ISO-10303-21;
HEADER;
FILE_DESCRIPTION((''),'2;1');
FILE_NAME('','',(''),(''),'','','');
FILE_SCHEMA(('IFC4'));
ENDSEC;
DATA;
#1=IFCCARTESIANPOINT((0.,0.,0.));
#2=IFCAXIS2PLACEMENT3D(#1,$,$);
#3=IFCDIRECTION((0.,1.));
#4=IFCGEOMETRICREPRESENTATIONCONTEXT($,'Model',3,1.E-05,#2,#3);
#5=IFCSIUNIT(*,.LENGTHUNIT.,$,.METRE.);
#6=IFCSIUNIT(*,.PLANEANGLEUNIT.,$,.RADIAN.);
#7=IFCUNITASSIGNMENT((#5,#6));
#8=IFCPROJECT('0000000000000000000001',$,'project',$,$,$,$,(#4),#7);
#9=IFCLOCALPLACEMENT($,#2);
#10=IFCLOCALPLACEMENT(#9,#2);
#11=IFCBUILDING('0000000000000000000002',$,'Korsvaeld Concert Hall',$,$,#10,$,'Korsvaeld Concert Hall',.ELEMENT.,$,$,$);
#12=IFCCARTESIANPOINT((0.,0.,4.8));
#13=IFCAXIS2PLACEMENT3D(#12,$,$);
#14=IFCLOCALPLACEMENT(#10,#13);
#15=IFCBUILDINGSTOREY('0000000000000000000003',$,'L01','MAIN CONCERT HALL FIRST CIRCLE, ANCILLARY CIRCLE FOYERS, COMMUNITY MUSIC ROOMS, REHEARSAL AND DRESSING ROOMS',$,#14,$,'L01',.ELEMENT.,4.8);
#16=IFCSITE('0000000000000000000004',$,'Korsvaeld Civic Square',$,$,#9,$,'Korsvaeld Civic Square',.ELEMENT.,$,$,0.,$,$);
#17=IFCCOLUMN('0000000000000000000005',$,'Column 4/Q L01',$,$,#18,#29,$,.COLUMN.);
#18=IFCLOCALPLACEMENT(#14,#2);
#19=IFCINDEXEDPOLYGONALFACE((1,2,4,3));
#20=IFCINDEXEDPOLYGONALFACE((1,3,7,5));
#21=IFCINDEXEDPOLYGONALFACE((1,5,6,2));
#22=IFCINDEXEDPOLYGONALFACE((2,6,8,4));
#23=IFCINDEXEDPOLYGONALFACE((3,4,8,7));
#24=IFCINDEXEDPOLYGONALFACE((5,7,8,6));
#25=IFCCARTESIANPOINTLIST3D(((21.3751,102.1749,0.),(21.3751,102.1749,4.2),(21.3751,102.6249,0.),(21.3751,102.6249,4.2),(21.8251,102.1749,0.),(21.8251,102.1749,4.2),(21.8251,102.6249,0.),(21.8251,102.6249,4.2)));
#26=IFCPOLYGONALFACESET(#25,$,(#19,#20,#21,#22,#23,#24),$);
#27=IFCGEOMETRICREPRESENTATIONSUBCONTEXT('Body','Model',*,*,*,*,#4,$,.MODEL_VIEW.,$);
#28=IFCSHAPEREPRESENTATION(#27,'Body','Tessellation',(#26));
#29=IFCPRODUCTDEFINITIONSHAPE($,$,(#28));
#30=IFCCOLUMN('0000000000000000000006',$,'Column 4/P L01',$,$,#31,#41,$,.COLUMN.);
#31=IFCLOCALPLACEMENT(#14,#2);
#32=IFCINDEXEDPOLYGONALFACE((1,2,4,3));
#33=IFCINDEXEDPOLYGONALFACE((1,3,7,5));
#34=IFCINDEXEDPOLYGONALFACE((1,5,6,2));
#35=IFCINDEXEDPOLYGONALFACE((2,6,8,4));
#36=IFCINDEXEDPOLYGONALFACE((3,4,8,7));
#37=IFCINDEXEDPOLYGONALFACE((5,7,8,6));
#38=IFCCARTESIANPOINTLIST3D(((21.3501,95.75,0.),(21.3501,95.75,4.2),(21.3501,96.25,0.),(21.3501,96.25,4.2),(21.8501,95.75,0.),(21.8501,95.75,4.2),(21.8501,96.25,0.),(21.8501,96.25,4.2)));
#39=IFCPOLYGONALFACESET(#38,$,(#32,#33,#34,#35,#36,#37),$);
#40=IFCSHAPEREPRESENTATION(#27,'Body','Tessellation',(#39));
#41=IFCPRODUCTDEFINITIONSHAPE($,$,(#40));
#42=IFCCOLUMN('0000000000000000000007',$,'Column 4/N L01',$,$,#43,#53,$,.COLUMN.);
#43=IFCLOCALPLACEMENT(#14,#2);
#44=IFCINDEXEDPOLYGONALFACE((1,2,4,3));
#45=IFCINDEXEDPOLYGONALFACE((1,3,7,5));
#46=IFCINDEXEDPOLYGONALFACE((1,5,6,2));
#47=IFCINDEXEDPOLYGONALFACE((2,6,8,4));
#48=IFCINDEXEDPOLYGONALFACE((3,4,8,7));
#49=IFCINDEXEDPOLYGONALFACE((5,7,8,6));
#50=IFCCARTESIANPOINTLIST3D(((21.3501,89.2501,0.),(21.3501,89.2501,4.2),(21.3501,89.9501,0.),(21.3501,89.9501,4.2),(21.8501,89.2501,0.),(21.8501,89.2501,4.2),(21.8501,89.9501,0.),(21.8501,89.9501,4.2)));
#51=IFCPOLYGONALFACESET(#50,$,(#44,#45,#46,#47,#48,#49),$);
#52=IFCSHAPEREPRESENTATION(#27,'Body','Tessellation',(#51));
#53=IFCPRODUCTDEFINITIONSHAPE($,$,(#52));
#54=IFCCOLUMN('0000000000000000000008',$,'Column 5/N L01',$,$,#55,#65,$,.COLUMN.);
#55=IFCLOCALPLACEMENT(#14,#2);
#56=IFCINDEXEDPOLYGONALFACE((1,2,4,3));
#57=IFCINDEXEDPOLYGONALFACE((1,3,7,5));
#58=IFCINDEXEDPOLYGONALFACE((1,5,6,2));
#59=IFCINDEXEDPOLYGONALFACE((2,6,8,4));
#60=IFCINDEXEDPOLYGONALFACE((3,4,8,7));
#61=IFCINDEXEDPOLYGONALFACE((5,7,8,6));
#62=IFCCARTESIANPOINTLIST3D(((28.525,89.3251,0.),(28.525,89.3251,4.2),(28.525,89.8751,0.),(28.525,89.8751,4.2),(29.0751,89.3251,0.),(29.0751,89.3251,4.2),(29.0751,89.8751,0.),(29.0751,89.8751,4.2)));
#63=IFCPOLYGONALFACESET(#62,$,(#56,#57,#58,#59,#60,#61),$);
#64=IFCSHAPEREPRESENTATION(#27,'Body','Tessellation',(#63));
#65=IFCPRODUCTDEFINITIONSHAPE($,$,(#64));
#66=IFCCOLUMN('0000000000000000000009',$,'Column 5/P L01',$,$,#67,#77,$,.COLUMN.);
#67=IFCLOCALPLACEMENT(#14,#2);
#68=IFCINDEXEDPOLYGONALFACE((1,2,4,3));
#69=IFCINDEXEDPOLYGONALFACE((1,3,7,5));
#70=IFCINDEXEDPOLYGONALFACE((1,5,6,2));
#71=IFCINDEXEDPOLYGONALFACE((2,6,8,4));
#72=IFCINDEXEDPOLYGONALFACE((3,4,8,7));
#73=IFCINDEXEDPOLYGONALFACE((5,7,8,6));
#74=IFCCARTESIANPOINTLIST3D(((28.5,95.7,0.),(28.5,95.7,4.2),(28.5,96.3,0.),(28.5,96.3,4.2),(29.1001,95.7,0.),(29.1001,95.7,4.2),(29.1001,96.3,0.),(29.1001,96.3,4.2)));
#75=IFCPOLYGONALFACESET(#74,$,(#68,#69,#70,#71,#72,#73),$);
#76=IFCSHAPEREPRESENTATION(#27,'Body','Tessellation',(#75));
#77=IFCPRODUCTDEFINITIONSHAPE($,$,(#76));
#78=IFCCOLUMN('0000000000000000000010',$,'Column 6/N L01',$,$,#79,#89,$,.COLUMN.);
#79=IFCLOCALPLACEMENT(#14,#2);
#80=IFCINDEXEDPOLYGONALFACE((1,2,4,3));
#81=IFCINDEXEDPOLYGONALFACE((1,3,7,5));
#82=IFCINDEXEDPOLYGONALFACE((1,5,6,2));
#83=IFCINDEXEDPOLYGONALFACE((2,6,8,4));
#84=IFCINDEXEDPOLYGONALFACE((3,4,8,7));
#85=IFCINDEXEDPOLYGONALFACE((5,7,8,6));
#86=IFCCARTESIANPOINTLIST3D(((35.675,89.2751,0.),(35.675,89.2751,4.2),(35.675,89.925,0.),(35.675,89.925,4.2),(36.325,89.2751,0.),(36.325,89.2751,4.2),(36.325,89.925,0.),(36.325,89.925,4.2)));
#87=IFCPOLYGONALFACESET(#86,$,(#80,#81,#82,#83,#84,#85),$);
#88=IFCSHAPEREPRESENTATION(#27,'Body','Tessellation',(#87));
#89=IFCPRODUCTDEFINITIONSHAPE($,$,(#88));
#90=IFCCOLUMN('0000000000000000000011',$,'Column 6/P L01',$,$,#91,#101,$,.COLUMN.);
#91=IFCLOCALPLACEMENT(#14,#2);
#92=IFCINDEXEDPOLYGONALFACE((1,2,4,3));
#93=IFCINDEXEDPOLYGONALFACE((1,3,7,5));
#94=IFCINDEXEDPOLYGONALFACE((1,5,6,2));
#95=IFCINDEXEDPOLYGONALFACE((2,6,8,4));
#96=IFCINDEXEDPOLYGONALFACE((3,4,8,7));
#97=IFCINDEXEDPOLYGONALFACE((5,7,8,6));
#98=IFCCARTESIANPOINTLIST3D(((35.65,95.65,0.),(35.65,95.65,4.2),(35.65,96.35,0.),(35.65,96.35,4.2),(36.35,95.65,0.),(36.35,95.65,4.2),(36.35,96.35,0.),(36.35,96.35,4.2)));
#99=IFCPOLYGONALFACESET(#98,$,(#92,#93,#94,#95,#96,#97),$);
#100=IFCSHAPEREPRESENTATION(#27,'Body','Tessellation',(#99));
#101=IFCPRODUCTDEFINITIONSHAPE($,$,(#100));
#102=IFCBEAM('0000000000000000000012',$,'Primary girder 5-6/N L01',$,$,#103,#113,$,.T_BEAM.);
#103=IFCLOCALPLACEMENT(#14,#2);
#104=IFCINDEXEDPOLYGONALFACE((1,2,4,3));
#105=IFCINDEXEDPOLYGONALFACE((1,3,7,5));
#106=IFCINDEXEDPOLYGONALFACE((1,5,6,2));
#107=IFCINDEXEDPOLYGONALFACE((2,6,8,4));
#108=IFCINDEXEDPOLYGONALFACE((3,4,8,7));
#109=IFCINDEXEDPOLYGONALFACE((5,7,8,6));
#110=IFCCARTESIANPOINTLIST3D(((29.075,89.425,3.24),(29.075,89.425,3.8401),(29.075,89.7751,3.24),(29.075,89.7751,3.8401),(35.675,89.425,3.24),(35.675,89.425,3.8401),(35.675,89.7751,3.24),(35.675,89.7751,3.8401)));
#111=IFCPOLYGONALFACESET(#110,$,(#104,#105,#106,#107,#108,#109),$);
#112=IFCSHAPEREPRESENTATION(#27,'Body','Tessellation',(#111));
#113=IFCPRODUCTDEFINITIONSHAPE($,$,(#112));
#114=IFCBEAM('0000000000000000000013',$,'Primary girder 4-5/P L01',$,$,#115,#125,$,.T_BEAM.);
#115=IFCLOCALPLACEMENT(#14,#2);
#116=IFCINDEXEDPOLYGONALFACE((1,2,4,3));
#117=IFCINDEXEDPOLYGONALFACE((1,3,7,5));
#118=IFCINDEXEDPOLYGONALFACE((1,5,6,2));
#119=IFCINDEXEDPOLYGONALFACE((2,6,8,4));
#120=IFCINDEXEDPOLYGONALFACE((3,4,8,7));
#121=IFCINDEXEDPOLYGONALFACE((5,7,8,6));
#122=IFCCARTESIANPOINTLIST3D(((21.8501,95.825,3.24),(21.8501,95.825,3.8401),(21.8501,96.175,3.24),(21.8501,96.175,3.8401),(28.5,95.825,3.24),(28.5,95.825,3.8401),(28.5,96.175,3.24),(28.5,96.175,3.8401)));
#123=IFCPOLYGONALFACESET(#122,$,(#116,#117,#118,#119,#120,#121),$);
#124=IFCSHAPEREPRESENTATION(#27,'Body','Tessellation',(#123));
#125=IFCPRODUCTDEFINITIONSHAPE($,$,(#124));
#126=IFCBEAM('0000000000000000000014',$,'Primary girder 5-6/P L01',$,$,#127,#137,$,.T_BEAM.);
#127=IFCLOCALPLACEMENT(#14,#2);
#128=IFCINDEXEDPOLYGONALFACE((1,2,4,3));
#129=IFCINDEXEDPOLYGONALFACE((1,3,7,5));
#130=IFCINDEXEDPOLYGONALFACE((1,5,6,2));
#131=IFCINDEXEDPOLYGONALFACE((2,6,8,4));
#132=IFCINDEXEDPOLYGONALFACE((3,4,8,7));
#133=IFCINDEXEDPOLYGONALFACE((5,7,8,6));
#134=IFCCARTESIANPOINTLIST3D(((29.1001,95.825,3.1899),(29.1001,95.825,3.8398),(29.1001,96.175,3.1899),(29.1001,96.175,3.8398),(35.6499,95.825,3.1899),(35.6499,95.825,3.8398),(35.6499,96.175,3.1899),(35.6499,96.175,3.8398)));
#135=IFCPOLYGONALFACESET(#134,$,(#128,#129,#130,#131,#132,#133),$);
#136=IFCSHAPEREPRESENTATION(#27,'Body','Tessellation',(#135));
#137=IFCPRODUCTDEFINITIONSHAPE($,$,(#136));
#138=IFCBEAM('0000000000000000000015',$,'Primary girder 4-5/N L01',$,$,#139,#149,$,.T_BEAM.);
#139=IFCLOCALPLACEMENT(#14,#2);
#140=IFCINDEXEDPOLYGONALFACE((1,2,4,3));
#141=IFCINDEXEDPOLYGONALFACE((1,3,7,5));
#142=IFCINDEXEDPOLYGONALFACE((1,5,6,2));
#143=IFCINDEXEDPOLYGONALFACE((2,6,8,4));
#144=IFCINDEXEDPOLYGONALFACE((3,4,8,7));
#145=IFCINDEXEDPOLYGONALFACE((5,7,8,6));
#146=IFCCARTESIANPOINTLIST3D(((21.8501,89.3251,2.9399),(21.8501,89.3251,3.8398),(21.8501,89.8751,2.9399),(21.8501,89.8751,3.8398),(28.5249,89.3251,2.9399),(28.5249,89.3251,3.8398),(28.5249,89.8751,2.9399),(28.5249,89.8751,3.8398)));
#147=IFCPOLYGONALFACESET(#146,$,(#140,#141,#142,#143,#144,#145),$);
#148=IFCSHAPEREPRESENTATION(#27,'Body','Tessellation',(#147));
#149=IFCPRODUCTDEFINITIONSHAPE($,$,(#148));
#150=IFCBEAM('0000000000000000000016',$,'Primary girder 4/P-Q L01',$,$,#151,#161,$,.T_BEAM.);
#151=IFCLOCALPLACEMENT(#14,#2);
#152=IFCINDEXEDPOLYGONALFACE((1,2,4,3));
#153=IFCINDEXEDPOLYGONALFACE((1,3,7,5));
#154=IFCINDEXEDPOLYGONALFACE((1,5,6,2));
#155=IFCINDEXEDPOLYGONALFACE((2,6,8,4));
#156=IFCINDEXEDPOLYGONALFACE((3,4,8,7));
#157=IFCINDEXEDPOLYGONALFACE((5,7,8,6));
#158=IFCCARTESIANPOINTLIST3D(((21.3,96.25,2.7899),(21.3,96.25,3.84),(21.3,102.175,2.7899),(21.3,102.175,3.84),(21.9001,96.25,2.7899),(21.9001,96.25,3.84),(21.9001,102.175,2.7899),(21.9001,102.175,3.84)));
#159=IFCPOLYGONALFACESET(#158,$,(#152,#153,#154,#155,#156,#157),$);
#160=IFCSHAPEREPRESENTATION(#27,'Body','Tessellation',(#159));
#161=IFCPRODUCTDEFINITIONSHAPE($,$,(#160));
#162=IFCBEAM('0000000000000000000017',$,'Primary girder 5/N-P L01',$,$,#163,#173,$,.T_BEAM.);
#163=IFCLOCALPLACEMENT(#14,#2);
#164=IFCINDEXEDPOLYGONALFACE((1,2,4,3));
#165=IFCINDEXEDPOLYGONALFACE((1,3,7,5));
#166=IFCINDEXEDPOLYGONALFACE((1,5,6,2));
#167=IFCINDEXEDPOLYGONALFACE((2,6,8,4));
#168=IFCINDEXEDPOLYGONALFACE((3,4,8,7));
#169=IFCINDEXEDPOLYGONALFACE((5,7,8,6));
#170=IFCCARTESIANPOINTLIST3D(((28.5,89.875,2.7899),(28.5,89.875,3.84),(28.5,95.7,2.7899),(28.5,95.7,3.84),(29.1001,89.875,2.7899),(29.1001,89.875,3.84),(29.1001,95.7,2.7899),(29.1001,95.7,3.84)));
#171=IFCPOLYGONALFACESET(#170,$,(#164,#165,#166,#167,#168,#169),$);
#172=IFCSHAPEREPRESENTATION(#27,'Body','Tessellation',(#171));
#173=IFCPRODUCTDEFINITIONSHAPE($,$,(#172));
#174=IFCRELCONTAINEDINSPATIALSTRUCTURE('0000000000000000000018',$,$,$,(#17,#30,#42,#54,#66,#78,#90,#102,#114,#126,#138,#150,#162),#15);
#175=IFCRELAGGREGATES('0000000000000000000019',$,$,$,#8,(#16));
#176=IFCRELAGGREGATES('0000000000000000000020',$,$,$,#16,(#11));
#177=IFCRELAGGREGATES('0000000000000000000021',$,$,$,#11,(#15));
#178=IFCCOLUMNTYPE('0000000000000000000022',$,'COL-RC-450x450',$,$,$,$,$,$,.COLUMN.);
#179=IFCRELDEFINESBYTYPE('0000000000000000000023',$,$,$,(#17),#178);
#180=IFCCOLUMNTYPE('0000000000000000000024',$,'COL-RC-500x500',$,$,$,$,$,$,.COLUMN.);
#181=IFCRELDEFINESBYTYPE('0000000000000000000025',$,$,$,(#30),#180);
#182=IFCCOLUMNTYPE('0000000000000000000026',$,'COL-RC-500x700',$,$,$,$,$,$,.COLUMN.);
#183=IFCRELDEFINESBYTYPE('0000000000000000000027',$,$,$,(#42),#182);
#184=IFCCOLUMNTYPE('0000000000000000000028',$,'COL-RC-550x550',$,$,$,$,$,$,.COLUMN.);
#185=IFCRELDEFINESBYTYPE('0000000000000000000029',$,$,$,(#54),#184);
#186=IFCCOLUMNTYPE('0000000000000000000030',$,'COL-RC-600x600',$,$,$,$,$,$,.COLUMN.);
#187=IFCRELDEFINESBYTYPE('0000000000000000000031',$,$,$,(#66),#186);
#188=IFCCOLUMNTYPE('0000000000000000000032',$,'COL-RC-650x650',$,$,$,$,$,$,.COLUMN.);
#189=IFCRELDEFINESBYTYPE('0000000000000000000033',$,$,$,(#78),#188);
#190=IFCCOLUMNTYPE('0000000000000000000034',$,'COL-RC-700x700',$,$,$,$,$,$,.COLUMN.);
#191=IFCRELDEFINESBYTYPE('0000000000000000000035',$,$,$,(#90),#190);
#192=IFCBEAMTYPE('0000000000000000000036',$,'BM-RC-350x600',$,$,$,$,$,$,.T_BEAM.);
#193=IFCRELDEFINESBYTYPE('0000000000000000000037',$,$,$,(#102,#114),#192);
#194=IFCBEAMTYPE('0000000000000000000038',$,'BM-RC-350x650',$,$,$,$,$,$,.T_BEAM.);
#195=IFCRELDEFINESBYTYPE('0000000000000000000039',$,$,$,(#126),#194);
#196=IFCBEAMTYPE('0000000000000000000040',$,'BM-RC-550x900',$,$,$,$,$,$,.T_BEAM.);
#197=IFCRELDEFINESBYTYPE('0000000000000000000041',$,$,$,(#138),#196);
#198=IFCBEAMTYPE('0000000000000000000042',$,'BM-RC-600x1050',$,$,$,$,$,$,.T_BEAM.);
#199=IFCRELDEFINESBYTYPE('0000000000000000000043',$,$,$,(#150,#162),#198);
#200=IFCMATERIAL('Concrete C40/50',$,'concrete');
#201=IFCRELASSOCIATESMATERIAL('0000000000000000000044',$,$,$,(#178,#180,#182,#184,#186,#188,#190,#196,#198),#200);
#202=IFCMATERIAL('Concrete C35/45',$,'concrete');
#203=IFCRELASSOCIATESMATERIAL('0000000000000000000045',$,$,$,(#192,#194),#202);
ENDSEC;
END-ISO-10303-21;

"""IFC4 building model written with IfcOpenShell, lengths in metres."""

from ifc_helpers import new_model, si_unit, direction, frame, origin, origin_2d, place, context, subcontext, project, spatial, rectangle, extrude, material, material_profile, profile_set, type_object, element, save


model = new_model("IFC4")

# Units and contexts
model_context = context("Model", 3, precision=1e-05, world=origin(), true_north=direction((0.0, 1.0)))
body_context = subcontext(model_context, "Body", "Model", "MODEL_VIEW")
ifc_project = project(units=[si_unit("LENGTHUNIT", "METRE"), si_unit("PLANEANGLEUNIT", "RADIAN")], contexts=[model_context])

# Site, building, storey
site_placement = place(None, origin())
site = spatial("IfcSite", under=ifc_project, at=site_placement, Name="Korsvaeld Civic Square", LongName="Korsvaeld Civic Square", CompositionType="ELEMENT", RefElevation=0.0)
building_placement = place(site_placement, origin())
building = spatial("IfcBuilding", under=site, at=building_placement, Name="Korsvaeld Concert Hall", LongName="Korsvaeld Concert Hall", CompositionType="ELEMENT")
storey_placement = place(building_placement, frame((0.0, 0.0, 4.8)))
storey = spatial("IfcBuildingStorey", under=building, at=storey_placement, Name="L01", Description="MAIN CONCERT HALL FIRST CIRCLE, ANCILLARY CIRCLE FOYERS, COMMUNITY MUSIC ROOMS, REHEARSAL AND DRESSING ROOMS", LongName="L01", CompositionType="ELEMENT", Elevation=4.8)

# Columns
ifc_material_1 = material(Name="Concrete C40/50", Category="concrete")
ifc_material_profile_1 = material_profile(ifc_material_1, rectangle(XDim=0.45, YDim=0.45, at=origin_2d()), Name="RC 450x450")
ifc_profile_set_1 = profile_set([ifc_material_profile_1], Name="Concrete C40/50")
column_type_1 = type_object("IfcColumnType", Name="COL-RC-450x450", PredefinedType="COLUMN", material=ifc_profile_set_1)
column_1_placement = place(storey_placement, frame((21.6001, 102.3999, 0.0), z_axis=(0.0, 0.0, 1.0), x_axis=(1.0, 0.0, 0.0)))
element("IfcColumn", 1, at=column_1_placement, inside=storey, type_object=column_type_1, Name="Column 4/Q L01", PredefinedType="COLUMN", context=body_context, shape_type="SweptSolid", body=[
    extrude(rectangle(XDim=0.45, YDim=0.45, at=origin_2d()), origin(), (0.0, 0.0, 1.0), 4.2),
])
ifc_material_profile_2 = material_profile(ifc_material_1, rectangle(XDim=0.5, YDim=0.5, at=origin_2d()), Name="RC 500x500")
ifc_profile_set_2 = profile_set([ifc_material_profile_2], Name="Concrete C40/50")
column_type_2 = type_object("IfcColumnType", Name="COL-RC-500x500", PredefinedType="COLUMN", material=ifc_profile_set_2)
column_2_placement = place(storey_placement, frame((21.6001, 96.0, 0.0), z_axis=(0.0, 0.0, 1.0), x_axis=(1.0, 0.0, 0.0)))
element("IfcColumn", 2, at=column_2_placement, inside=storey, type_object=column_type_2, Name="Column 4/P L01", PredefinedType="COLUMN", context=body_context, shape_type="SweptSolid", body=[
    extrude(rectangle(XDim=0.5, YDim=0.5, at=origin_2d()), origin(), (0.0, 0.0, 1.0), 4.2),
])
ifc_material_profile_3 = material_profile(ifc_material_1, rectangle(XDim=0.5, YDim=0.7, at=origin_2d()), Name="RC 500x700")
ifc_profile_set_3 = profile_set([ifc_material_profile_3], Name="Concrete C40/50")
column_type_3 = type_object("IfcColumnType", Name="COL-RC-500x700", PredefinedType="COLUMN", material=ifc_profile_set_3)
column_3_placement = place(storey_placement, frame((21.6001, 89.6001, 0.0), z_axis=(0.0, 0.0, 1.0), x_axis=(1.0, 0.0, 0.0)))
element("IfcColumn", 3, at=column_3_placement, inside=storey, type_object=column_type_3, Name="Column 4/N L01", PredefinedType="COLUMN", context=body_context, shape_type="SweptSolid", body=[
    extrude(rectangle(XDim=0.5, YDim=0.7, at=origin_2d()), origin(), (0.0, 0.0, 1.0), 4.2),
])
ifc_material_profile_4 = material_profile(ifc_material_1, rectangle(XDim=0.55, YDim=0.55, at=origin_2d()), Name="RC 550x550")
ifc_profile_set_4 = profile_set([ifc_material_profile_4], Name="Concrete C40/50")
column_type_4 = type_object("IfcColumnType", Name="COL-RC-550x550", PredefinedType="COLUMN", material=ifc_profile_set_4)
column_4_placement = place(storey_placement, frame((28.8, 89.6001, 0.0), z_axis=(0.0, 0.0, 1.0), x_axis=(1.0, 0.0, 0.0)))
element("IfcColumn", 4, at=column_4_placement, inside=storey, type_object=column_type_4, Name="Column 5/N L01", PredefinedType="COLUMN", context=body_context, shape_type="SweptSolid", body=[
    extrude(rectangle(XDim=0.55, YDim=0.55, at=origin_2d()), origin(), (0.0, 0.0, 1.0), 4.2),
])
ifc_material_profile_5 = material_profile(ifc_material_1, rectangle(XDim=0.6001, YDim=0.6001, at=origin_2d()), Name="RC 600x600")
ifc_profile_set_5 = profile_set([ifc_material_profile_5], Name="Concrete C40/50")
column_type_5 = type_object("IfcColumnType", Name="COL-RC-600x600", PredefinedType="COLUMN", material=ifc_profile_set_5)
column_5_placement = place(storey_placement, frame((28.8, 96.0, 0.0), z_axis=(0.0, 0.0, 1.0), x_axis=(1.0, 0.0, 0.0)))
element("IfcColumn", 5, at=column_5_placement, inside=storey, type_object=column_type_5, Name="Column 5/P L01", PredefinedType="COLUMN", context=body_context, shape_type="SweptSolid", body=[
    extrude(rectangle(XDim=0.6001, YDim=0.6001, at=origin_2d()), origin(), (0.0, 0.0, 1.0), 4.2),
])
ifc_material_profile_6 = material_profile(ifc_material_1, rectangle(XDim=0.6499, YDim=0.6499, at=origin_2d()), Name="RC 650x650")
ifc_profile_set_6 = profile_set([ifc_material_profile_6], Name="Concrete C40/50")
column_type_6 = type_object("IfcColumnType", Name="COL-RC-650x650", PredefinedType="COLUMN", material=ifc_profile_set_6)
column_6_placement = place(storey_placement, frame((36.0, 89.6001, 0.0), z_axis=(0.0, 0.0, 1.0), x_axis=(1.0, 0.0, 0.0)))
element("IfcColumn", 6, at=column_6_placement, inside=storey, type_object=column_type_6, Name="Column 6/N L01", PredefinedType="COLUMN", context=body_context, shape_type="SweptSolid", body=[
    extrude(rectangle(XDim=0.6499, YDim=0.6499, at=origin_2d()), origin(), (0.0, 0.0, 1.0), 4.2),
])
ifc_material_profile_7 = material_profile(ifc_material_1, rectangle(XDim=0.7, YDim=0.7, at=origin_2d()), Name="RC 700x700")
ifc_profile_set_7 = profile_set([ifc_material_profile_7], Name="Concrete C40/50")
column_type_7 = type_object("IfcColumnType", Name="COL-RC-700x700", PredefinedType="COLUMN", material=ifc_profile_set_7)
column_7_placement = place(storey_placement, frame((36.0, 96.0, 0.0), z_axis=(0.0, 0.0, 1.0), x_axis=(1.0, 0.0, 0.0)))
element("IfcColumn", 7, at=column_7_placement, inside=storey, type_object=column_type_7, Name="Column 6/P L01", PredefinedType="COLUMN", context=body_context, shape_type="SweptSolid", body=[
    extrude(rectangle(XDim=0.7, YDim=0.7, at=origin_2d()), origin(), (0.0, 0.0, 1.0), 4.2),
])

# Beams
ifc_material_2 = material(Name="Concrete C35/45", Category="concrete")
ifc_material_profile_8 = material_profile(ifc_material_2, rectangle(XDim=0.3501, YDim=0.6001, at=origin_2d()), Name="RC 350x600")
ifc_profile_set_8 = profile_set([ifc_material_profile_8], Name="Concrete C35/45")
beam_type_1 = type_object("IfcBeamType", Name="BM-RC-350x600", PredefinedType="T_BEAM", material=ifc_profile_set_8)
beam_1_placement = place(storey_placement, frame((29.075, 89.6001, 3.54), z_axis=(1.0, 0.0, 0.0), x_axis=(0.0, 1.0, 0.0)))
element("IfcBeam", 8, at=beam_1_placement, inside=storey, type_object=beam_type_1, Name="Primary girder 5-6/N L01", PredefinedType="T_BEAM", context=body_context, shape_type="SweptSolid", body=[
    extrude(rectangle(XDim=0.3501, YDim=0.6001, at=origin_2d()), origin(), (0.0, 0.0, 1.0), 6.6001),
])
beam_2_placement = place(storey_placement, frame((21.8501, 96.0, 3.54), z_axis=(1.0, 0.0, 0.0), x_axis=(0.0, 1.0, 0.0)))
element("IfcBeam", 9, at=beam_2_placement, inside=storey, type_object=beam_type_1, Name="Primary girder 4-5/P L01", PredefinedType="T_BEAM", context=body_context, shape_type="SweptSolid", body=[
    extrude(rectangle(XDim=0.3501, YDim=0.6001, at=origin_2d()), origin(), (0.0, 0.0, 1.0), 6.6499),
])
ifc_material_profile_9 = material_profile(ifc_material_2, rectangle(XDim=0.3501, YDim=0.6499, at=origin_2d()), Name="RC 350x650")
ifc_profile_set_9 = profile_set([ifc_material_profile_9], Name="Concrete C35/45")
beam_type_2 = type_object("IfcBeamType", Name="BM-RC-350x650", PredefinedType="T_BEAM", material=ifc_profile_set_9)
beam_3_placement = place(storey_placement, frame((29.1001, 96.0, 3.5149), z_axis=(1.0, 0.0, 0.0), x_axis=(0.0, 1.0, 0.0)))
element("IfcBeam", 10, at=beam_3_placement, inside=storey, type_object=beam_type_2, Name="Primary girder 5-6/P L01", PredefinedType="T_BEAM", context=body_context, shape_type="SweptSolid", body=[
    extrude(rectangle(XDim=0.3501, YDim=0.6499, at=origin_2d()), origin(), (0.0, 0.0, 1.0), 6.5498),
])
ifc_material_profile_10 = material_profile(ifc_material_1, rectangle(XDim=0.55, YDim=0.8999, at=origin_2d()), Name="RC 550x900")
ifc_profile_set_10 = profile_set([ifc_material_profile_10], Name="Concrete C40/50")
beam_type_3 = type_object("IfcBeamType", Name="BM-RC-550x900", PredefinedType="T_BEAM", material=ifc_profile_set_10)
beam_4_placement = place(storey_placement, frame((21.8501, 89.6001, 3.3899), z_axis=(1.0, 0.0, 0.0), x_axis=(0.0, 1.0, 0.0)))
element("IfcBeam", 11, at=beam_4_placement, inside=storey, type_object=beam_type_3, Name="Primary girder 4-5/N L01", PredefinedType="T_BEAM", context=body_context, shape_type="SweptSolid", body=[
    extrude(rectangle(XDim=0.55, YDim=0.8999, at=origin_2d()), origin(), (0.0, 0.0, 1.0), 6.6748),
])
ifc_material_profile_11 = material_profile(ifc_material_1, rectangle(XDim=0.6001, YDim=1.05, at=origin_2d()), Name="RC 600x1050")
ifc_profile_set_11 = profile_set([ifc_material_profile_11], Name="Concrete C40/50")
beam_type_4 = type_object("IfcBeamType", Name="BM-RC-600x1050", PredefinedType="T_BEAM", material=ifc_profile_set_11)
beam_5_placement = place(storey_placement, frame((21.6001, 96.25, 3.3149), z_axis=(0.0, 1.0, 0.0), x_axis=(-1.0, 0.0, 0.0)))
element("IfcBeam", 12, at=beam_5_placement, inside=storey, type_object=beam_type_4, Name="Primary girder 4/P-Q L01", PredefinedType="T_BEAM", context=body_context, shape_type="SweptSolid", body=[
    extrude(rectangle(XDim=0.6001, YDim=1.05, at=origin_2d()), origin(), (0.0, 0.0, 1.0), 5.925),
])
beam_6_placement = place(storey_placement, frame((28.8, 89.875, 3.3149), z_axis=(0.0, 1.0, 0.0), x_axis=(-1.0, 0.0, 0.0)))
element("IfcBeam", 13, at=beam_6_placement, inside=storey, type_object=beam_type_4, Name="Primary girder 5/N-P L01", PredefinedType="T_BEAM", context=body_context, shape_type="SweptSolid", body=[
    extrude(rectangle(XDim=0.6001, YDim=1.05, at=origin_2d()), origin(), (0.0, 0.0, 1.0), 5.825),
])

save(model, "model.ifc")
